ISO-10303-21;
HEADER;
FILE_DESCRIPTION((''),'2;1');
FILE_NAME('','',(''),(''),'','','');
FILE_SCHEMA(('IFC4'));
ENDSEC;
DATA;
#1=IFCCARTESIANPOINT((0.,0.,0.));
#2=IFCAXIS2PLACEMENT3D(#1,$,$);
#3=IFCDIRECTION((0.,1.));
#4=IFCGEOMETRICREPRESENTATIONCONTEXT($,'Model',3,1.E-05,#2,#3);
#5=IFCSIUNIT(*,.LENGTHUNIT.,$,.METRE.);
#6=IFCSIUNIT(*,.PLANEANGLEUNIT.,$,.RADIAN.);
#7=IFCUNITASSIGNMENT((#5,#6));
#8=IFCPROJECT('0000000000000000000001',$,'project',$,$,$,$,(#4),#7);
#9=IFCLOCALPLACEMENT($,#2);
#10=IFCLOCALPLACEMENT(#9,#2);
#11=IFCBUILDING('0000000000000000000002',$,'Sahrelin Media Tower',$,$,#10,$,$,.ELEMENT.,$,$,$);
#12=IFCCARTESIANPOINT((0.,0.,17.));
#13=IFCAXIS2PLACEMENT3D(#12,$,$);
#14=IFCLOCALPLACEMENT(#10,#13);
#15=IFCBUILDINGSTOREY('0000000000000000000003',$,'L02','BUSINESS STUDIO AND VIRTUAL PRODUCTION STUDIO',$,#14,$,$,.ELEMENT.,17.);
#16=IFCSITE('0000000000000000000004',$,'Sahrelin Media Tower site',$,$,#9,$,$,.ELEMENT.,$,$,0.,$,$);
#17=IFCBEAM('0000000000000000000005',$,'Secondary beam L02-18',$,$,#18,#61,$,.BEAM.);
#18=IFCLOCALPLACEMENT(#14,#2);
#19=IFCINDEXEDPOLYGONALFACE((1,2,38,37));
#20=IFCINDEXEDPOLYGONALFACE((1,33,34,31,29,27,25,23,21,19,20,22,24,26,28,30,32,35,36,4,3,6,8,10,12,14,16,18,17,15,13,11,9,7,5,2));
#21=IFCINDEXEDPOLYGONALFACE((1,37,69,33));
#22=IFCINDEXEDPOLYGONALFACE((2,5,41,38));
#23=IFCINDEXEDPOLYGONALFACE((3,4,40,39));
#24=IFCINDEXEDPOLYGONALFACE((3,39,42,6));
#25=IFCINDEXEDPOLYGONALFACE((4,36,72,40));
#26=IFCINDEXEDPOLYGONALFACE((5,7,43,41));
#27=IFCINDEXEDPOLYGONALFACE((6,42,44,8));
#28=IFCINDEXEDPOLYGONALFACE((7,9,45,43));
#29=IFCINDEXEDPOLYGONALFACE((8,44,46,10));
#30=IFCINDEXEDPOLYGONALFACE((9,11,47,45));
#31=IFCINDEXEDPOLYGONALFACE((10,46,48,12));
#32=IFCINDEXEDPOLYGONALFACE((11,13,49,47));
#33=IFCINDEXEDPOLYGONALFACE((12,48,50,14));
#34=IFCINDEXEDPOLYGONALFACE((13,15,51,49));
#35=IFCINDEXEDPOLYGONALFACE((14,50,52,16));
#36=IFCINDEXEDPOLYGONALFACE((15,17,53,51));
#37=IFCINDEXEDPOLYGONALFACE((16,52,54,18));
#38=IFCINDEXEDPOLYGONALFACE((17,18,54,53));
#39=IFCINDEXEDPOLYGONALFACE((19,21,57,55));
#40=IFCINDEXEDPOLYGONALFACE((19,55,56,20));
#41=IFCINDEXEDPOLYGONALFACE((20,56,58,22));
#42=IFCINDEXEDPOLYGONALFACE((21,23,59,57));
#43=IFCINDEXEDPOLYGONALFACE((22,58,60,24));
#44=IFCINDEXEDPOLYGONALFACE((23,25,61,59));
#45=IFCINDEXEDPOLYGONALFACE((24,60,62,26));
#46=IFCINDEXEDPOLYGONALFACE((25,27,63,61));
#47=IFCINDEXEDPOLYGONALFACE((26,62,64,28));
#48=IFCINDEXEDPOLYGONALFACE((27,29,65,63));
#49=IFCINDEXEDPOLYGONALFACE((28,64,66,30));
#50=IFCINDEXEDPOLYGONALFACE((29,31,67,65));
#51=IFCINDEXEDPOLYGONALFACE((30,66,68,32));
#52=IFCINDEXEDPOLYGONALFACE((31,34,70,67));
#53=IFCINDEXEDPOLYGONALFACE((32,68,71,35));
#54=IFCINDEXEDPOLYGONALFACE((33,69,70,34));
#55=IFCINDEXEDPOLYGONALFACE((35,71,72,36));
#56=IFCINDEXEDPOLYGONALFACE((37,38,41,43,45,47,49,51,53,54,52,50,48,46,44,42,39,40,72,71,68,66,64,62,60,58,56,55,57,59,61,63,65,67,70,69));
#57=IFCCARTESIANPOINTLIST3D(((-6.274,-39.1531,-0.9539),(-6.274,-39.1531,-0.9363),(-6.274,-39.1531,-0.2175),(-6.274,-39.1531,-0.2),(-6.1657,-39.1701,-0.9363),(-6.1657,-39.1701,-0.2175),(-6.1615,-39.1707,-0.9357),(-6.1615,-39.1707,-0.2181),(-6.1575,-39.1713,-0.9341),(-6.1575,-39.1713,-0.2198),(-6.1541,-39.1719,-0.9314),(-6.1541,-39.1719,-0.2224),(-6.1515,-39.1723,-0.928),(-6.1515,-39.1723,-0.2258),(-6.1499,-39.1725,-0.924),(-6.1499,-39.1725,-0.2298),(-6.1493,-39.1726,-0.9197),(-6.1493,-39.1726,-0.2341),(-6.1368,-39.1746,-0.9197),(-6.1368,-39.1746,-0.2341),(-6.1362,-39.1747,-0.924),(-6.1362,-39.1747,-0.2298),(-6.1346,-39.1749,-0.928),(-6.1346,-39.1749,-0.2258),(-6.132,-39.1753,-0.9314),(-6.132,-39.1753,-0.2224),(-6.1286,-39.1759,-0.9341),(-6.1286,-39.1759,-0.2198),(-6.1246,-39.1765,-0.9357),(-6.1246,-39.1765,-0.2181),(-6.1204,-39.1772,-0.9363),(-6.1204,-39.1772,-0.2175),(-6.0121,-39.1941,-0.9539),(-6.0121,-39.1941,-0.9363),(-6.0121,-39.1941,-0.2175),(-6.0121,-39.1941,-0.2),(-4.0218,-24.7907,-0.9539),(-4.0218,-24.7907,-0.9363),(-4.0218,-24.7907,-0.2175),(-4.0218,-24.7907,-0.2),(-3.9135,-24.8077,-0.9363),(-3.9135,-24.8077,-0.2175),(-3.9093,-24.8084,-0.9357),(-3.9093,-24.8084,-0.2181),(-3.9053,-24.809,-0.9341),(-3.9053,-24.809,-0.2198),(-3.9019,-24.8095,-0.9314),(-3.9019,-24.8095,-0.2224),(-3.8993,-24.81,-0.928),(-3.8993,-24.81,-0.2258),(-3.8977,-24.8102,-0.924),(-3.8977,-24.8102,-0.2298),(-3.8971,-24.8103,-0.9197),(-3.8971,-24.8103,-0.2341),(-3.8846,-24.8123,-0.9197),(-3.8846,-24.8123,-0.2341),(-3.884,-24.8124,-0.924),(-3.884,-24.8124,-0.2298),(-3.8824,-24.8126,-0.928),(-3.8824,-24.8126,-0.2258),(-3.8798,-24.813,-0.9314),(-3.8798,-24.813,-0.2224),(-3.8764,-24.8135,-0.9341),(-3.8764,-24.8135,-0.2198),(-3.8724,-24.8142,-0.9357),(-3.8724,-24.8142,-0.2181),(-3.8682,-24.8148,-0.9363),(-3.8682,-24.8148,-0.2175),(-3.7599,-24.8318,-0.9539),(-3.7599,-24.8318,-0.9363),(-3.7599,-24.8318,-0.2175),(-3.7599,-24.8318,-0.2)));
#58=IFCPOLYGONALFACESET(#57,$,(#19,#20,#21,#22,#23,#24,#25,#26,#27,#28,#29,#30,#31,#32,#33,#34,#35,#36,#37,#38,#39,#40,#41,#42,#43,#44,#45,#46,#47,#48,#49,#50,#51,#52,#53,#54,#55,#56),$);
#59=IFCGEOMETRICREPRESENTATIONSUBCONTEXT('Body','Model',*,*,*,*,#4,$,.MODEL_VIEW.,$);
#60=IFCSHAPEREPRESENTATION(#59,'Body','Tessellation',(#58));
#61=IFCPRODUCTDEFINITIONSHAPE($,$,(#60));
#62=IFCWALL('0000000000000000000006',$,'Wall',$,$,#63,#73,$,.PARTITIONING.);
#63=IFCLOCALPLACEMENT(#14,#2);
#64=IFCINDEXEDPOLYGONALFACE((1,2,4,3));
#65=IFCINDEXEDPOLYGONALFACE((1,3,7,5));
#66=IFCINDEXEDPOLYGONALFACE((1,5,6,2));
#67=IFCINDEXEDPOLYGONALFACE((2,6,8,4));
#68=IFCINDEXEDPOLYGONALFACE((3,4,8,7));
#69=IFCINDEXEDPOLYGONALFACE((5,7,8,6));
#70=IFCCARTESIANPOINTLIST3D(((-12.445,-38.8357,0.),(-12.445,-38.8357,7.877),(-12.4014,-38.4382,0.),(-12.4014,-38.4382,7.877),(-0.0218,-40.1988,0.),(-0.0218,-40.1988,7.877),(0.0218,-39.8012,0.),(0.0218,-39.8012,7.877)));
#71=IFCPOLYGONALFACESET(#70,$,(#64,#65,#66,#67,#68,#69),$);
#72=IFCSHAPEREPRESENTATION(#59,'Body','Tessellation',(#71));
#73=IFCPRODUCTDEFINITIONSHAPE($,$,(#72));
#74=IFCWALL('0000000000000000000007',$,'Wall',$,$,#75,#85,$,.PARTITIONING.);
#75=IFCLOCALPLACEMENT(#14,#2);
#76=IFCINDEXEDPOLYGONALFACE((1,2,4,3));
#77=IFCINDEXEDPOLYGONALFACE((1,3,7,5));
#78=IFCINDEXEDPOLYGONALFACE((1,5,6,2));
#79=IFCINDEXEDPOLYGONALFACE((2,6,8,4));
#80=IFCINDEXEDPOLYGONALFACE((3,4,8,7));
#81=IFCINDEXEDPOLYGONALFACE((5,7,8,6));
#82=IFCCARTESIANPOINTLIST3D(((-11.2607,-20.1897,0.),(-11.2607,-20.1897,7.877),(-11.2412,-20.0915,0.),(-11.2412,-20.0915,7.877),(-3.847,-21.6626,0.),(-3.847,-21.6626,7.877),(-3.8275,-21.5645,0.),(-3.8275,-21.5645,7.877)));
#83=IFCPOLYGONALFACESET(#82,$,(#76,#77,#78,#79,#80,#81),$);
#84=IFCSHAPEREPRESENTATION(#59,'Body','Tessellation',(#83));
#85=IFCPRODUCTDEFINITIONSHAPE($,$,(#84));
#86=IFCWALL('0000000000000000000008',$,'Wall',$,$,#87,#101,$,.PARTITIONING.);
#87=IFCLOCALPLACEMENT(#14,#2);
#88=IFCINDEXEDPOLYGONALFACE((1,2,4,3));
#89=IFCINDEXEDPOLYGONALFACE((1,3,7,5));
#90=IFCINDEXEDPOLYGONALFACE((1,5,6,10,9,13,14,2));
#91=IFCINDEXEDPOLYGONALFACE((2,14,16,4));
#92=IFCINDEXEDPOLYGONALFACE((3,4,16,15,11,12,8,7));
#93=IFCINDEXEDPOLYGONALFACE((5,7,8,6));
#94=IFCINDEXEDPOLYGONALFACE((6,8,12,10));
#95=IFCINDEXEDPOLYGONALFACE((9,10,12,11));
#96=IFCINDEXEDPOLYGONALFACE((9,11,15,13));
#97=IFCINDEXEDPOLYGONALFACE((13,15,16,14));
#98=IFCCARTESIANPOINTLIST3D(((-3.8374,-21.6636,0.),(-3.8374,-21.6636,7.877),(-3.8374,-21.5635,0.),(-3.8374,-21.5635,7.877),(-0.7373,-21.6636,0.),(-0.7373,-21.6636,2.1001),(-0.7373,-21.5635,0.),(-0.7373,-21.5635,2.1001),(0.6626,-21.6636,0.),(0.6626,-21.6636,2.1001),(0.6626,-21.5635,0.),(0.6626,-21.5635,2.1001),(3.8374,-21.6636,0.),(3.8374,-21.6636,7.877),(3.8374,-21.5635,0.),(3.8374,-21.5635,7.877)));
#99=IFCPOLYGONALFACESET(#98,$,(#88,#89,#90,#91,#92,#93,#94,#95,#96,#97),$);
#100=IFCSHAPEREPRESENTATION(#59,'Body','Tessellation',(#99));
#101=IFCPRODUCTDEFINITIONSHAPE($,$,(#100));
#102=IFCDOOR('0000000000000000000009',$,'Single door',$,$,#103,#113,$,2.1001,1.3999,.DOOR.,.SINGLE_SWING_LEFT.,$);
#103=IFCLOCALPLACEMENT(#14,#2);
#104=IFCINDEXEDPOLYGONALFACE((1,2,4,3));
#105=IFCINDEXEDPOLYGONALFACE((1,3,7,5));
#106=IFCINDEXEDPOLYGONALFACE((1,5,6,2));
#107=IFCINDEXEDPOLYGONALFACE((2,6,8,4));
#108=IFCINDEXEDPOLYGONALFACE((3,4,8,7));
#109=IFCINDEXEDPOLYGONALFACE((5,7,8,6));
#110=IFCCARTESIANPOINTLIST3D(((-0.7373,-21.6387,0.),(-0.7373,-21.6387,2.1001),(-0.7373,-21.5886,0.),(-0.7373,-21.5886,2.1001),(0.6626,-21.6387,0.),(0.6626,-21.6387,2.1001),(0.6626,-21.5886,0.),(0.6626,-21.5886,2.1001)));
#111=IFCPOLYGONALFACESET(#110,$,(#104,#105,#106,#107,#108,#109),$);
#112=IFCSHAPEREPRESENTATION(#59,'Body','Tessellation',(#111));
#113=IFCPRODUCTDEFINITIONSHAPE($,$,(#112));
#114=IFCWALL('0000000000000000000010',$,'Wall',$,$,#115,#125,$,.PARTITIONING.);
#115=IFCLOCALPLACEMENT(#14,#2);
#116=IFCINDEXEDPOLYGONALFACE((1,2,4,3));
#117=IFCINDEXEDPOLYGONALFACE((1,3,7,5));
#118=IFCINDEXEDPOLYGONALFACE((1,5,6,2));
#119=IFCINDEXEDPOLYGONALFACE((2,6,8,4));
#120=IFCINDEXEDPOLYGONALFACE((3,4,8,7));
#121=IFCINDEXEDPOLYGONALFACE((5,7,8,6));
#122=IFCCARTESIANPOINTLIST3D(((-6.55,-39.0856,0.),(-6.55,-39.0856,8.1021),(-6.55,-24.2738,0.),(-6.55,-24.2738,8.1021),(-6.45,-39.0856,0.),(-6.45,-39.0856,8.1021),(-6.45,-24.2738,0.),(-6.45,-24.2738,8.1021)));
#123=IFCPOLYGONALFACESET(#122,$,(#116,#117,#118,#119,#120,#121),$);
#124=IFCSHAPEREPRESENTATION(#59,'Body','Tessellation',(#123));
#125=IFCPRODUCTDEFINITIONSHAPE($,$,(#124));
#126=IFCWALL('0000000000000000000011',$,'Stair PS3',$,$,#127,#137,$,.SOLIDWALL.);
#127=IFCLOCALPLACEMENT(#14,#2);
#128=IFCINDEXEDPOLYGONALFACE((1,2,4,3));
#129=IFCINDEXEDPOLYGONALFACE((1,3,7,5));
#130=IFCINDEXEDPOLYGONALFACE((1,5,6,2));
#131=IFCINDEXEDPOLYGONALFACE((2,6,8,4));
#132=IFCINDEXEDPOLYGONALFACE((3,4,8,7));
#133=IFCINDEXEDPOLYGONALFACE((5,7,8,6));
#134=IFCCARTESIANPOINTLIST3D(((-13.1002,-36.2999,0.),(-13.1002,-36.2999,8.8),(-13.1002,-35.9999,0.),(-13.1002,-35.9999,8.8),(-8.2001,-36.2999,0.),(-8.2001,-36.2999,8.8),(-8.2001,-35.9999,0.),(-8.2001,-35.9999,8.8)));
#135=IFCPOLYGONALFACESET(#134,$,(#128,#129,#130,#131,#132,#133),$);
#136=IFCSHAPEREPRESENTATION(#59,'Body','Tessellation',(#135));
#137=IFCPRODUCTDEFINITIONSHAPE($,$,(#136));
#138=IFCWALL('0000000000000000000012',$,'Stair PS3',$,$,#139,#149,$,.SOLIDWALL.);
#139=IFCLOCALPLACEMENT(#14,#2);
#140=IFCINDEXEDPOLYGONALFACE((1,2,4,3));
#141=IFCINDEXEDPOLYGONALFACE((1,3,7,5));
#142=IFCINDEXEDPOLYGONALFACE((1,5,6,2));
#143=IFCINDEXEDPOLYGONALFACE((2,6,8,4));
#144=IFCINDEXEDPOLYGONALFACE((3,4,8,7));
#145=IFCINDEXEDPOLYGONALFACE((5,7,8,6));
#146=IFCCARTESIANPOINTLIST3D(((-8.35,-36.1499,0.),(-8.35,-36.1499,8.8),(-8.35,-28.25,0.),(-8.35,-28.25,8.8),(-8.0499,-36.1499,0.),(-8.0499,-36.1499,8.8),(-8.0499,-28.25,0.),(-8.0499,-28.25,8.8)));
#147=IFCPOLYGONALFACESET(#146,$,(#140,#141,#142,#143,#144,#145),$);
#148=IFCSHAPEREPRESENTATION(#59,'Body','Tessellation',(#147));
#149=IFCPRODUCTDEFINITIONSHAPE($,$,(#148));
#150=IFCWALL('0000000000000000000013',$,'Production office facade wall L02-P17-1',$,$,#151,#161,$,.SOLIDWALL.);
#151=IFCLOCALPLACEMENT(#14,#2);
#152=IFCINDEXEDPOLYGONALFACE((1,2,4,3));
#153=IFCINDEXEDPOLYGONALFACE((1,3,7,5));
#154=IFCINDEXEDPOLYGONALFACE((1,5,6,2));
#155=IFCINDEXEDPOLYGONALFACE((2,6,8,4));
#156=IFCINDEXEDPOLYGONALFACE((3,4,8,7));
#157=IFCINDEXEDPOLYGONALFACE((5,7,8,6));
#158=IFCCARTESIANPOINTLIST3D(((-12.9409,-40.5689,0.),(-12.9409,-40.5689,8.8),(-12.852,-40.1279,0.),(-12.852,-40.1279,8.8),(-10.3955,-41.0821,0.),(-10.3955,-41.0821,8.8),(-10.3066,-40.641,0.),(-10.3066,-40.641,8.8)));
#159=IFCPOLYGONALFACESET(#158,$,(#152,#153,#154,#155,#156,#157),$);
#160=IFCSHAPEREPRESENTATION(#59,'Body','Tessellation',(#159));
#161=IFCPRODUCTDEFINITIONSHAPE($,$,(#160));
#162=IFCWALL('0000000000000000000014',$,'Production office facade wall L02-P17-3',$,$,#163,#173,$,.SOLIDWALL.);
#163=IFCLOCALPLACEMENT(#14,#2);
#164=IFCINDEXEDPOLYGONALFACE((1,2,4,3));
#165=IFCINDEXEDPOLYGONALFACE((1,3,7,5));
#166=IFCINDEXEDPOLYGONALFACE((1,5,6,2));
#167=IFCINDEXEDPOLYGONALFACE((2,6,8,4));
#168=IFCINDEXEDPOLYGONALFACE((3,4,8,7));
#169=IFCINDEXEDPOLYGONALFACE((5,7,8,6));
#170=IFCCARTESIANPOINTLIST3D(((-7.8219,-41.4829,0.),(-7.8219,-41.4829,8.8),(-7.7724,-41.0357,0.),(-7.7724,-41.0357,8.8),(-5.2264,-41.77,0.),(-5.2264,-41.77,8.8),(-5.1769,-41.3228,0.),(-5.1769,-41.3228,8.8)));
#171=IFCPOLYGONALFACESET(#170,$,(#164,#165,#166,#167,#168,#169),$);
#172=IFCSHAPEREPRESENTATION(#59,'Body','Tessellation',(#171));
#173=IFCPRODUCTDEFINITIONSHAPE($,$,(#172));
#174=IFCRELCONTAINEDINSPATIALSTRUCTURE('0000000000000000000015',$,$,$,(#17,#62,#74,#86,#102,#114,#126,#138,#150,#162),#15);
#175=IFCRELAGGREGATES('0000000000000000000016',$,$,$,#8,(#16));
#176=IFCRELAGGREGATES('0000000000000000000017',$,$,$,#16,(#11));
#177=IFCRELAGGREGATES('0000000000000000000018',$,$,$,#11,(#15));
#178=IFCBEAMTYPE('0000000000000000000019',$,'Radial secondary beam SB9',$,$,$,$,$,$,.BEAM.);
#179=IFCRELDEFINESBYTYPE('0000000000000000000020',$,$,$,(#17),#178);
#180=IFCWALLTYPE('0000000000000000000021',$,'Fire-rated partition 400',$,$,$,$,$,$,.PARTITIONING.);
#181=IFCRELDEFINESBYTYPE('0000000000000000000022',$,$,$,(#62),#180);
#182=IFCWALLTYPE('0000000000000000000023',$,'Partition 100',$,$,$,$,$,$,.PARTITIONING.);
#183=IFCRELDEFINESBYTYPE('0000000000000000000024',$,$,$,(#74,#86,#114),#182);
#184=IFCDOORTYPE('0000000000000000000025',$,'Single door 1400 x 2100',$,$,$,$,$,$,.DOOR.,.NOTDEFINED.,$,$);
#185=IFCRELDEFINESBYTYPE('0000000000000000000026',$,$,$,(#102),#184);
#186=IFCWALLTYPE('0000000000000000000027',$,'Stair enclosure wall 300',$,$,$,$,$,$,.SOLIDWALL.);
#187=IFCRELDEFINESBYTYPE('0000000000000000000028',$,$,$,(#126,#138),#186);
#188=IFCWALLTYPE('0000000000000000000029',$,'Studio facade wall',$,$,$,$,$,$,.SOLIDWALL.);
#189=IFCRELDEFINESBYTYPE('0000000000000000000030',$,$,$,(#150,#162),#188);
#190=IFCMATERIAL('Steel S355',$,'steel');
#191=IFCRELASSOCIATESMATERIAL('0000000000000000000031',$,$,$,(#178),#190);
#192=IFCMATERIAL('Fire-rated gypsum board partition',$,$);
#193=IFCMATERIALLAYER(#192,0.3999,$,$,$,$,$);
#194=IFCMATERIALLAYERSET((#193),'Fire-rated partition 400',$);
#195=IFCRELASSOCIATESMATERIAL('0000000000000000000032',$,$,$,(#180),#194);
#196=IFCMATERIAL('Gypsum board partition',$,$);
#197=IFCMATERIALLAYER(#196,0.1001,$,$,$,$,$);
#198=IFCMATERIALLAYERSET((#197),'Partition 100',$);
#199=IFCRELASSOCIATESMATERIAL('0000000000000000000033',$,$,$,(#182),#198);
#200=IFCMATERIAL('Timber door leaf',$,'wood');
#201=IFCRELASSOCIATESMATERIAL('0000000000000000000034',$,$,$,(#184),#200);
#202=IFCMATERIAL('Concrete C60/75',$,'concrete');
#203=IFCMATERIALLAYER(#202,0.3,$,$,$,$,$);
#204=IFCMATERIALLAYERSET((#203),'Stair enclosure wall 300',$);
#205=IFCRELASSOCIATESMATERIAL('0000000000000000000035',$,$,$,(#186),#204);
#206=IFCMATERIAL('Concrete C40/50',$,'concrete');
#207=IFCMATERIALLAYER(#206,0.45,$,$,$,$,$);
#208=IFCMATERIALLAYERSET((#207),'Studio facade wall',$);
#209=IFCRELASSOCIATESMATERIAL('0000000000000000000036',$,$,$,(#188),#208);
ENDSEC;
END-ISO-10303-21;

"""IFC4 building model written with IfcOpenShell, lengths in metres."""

from ifc_helpers import new_model, si_unit, direction, frame, frame_2d, origin, origin_2d, place, context, subcontext, project, spatial, rectangle, i_section, extrude, material, layer, layer_set, material_profile, profile_set, type_object, element, fill, save


model = new_model("IFC4")

# Units and contexts
model_context = context("Model", 3, precision=1e-05, world=origin(), true_north=direction((0.0, 1.0)))
body_context = subcontext(model_context, "Body", "Model", "MODEL_VIEW")
ifc_project = project(units=[si_unit("LENGTHUNIT", "METRE"), si_unit("PLANEANGLEUNIT", "RADIAN")], contexts=[model_context])

# Site, building, storey
site_placement = place(None, origin())
site = spatial("IfcSite", under=ifc_project, at=site_placement, Name="Sahrelin Media Tower site", CompositionType="ELEMENT", RefElevation=0.0)
building_placement = place(site_placement, origin())
building = spatial("IfcBuilding", under=site, at=building_placement, Name="Sahrelin Media Tower", CompositionType="ELEMENT")
storey_placement = place(building_placement, frame((0.0, 0.0, 17.0)))
storey = spatial("IfcBuildingStorey", under=building, at=storey_placement, Name="L02", Description="BUSINESS STUDIO AND VIRTUAL PRODUCTION STUDIO", CompositionType="ELEMENT", Elevation=17.0)

# Beam
ifc_material_1 = material(Name="Steel S355", Category="steel")
ifc_material_profile_1 = material_profile(ifc_material_1, i_section(OverallWidth=0.2651, OverallDepth=0.7539, WebThickness=0.0127, FlangeThickness=0.0176, FilletRadius=0.0166, at=origin_2d()), Name="UB 762x267x147")
ifc_profile_set_1 = profile_set([ifc_material_profile_1], Name="Steel S355")
beam_type_1 = type_object("IfcBeamType", Name="Radial secondary beam SB9", PredefinedType="BEAM", material=ifc_profile_set_1)
beam_1_placement = place(storey_placement, frame((-3.8909, -24.8113, -0.5769), z_axis=(-0.15492, -0.987927, 0.0), x_axis=(0.987927, -0.15492, 0.0)))
element("IfcBeam", 1, at=beam_1_placement, inside=storey, type_object=beam_type_1, Name="Secondary beam L02-18", PredefinedType="BEAM", context=body_context, shape_type="SweptSolid", body=[
    extrude(i_section(OverallWidth=0.2651, OverallDepth=0.7539, WebThickness=0.0127, FlangeThickness=0.0176, FilletRadius=0.0166, at=origin_2d()), origin(), (0.0, 0.0, 1.0), 14.5378),
])

# Walls
ifc_material_2 = material(Name="Fire-rated gypsum board partition")
ifc_layer_1 = layer(ifc_material_2, 0.3999)
ifc_layer_set_1 = layer_set([ifc_layer_1], Name="Fire-rated partition 400")
wall_type_1 = type_object("IfcWallType", Name="Fire-rated partition 400", PredefinedType="PARTITIONING", material=ifc_layer_set_1)
wall_1_placement = place(storey_placement, frame((-12.4233, -38.637, 0.0), z_axis=(0.0, 0.0, 1.0), x_axis=(0.994035, -0.109061, 0.0)))
element("IfcWall", 2, at=wall_1_placement, inside=storey, type_object=wall_type_1, Name="Wall", PredefinedType="PARTITIONING", context=body_context, shape_type="SweptSolid", body=[
    extrude(rectangle(XDim=12.4978, YDim=0.3999, at=frame_2d((6.249, 0.0))), origin(), (0.0, 0.0, 1.0), 7.877),
])
ifc_material_3 = material(Name="Gypsum board partition")
ifc_layer_2 = layer(ifc_material_3, 0.1001)
ifc_layer_set_2 = layer_set([ifc_layer_2], Name="Partition 100")
wall_type_2 = type_object("IfcWallType", Name="Partition 100", PredefinedType="PARTITIONING", material=ifc_layer_set_2)
wall_2_placement = place(storey_placement, frame((-11.251, -20.1406, 0.0), z_axis=(0.0, 0.0, 1.0), x_axis=(0.98083, -0.194867, 0.0)))
element("IfcWall", 3, at=wall_2_placement, inside=storey, type_object=wall_type_2, Name="Wall", PredefinedType="PARTITIONING", context=body_context, shape_type="SweptSolid", body=[
    extrude(rectangle(XDim=7.5586, YDim=0.1001, at=frame_2d((3.7793, 0.0))), origin(), (0.0, 0.0, 1.0), 7.877),
])

# Wall, opening, door
wall_3_placement = place(storey_placement, frame((-3.8374, -21.6135, 0.0), z_axis=(0.0, 0.0, 1.0), x_axis=(1.0, 0.0, 0.0)))
wall_3 = element("IfcWall", 4, at=wall_3_placement, inside=storey, type_object=wall_type_2, Name="Wall", PredefinedType="PARTITIONING", context=body_context, shape_type="SweptSolid", body=[
    extrude(rectangle(XDim=7.6748, YDim=0.1001, at=frame_2d((3.8374, 0.0))), origin(), (0.0, 0.0, 1.0), 7.877),
])
opening_1_placement = place(wall_3_placement, frame((3.1001, 0.0, 0.0)))
opening_1 = element("IfcOpeningElement", 5, at=opening_1_placement, cuts=wall_3, PredefinedType="OPENING", context=body_context, shape_type="SweptSolid", body=[
    extrude(rectangle(XDim=1.3999, YDim=2.1001, at=frame_2d((0.7, 1.05))), frame((0.0, 0.05, 0.0), z_axis=(0.0, -1.0, 0.0), x_axis=(1.0, 0.0, 0.0)), (0.0, 0.0, 1.0), 0.1001),
])
ifc_material_4 = material(Name="Timber door leaf", Category="wood")
door_type = type_object("IfcDoorType", Name="Single door 1400 x 2100", OperationType="NOTDEFINED", PredefinedType="DOOR", material=ifc_material_4)
door_placement = place(opening_1_placement, origin())
door = element("IfcDoor", 6, at=door_placement, inside=storey, type_object=door_type, Name="Single door", OperationType="SINGLE_SWING_LEFT", OverallHeight=2.1001, OverallWidth=1.3999, PredefinedType="DOOR", context=body_context, shape_type="SweptSolid", body=[
    extrude(rectangle(XDim=1.3999, YDim=2.1001, at=frame_2d((0.7, 1.05))), frame((0.0, 0.0249, 0.0), z_axis=(0.0, -1.0, 0.0), x_axis=(1.0, 0.0, 0.0)), (0.0, 0.0, 1.0), 0.05),
])
fill(opening_1, door)

# Walls
wall_4_placement = place(storey_placement, frame((-6.5, -24.2739, 0.0), z_axis=(0.0, 0.0, 1.0), x_axis=(0.0, -1.0, 0.0)))
element("IfcWall", 7, at=wall_4_placement, inside=storey, type_object=wall_type_2, Name="Wall", PredefinedType="PARTITIONING", context=body_context, shape_type="SweptSolid", body=[
    extrude(rectangle(XDim=14.8118, YDim=0.1001, at=frame_2d((7.4058, 0.0))), origin(), (0.0, 0.0, 1.0), 8.1021),
])
ifc_material_5 = material(Name="Concrete C60/75", Category="concrete")
ifc_layer_3 = layer(ifc_material_5, 0.3)
ifc_layer_set_3 = layer_set([ifc_layer_3], Name="Stair enclosure wall 300")
wall_type_3 = type_object("IfcWallType", Name="Stair enclosure wall 300", PredefinedType="SOLIDWALL", material=ifc_layer_set_3)
wall_5_placement = place(storey_placement, frame((-8.2, -36.1499, 0.0), z_axis=(0.0, 0.0, 1.0), x_axis=(-1.0, 0.0, 0.0)))
element("IfcWall", 8, at=wall_5_placement, inside=storey, type_object=wall_type_3, Name="Stair PS3", PredefinedType="SOLIDWALL", context=body_context, shape_type="SweptSolid", body=[
    extrude(rectangle(XDim=4.9001, YDim=0.3, at=frame_2d((2.4502, 0.0))), origin(), (0.0, 0.0, 1.0), 8.8),
])
wall_6_placement = place(storey_placement, frame((-8.2, -28.25, 0.0), z_axis=(0.0, 0.0, 1.0), x_axis=(0.0, -1.0, 0.0)))
element("IfcWall", 9, at=wall_6_placement, inside=storey, type_object=wall_type_3, Name="Stair PS3", PredefinedType="SOLIDWALL", context=body_context, shape_type="SweptSolid", body=[
    extrude(rectangle(XDim=7.8999, YDim=0.3, at=frame_2d((3.95, 0.0))), origin(), (0.0, 0.0, 1.0), 8.8),
])
ifc_material_6 = material(Name="Concrete C40/50", Category="concrete")
ifc_layer_4 = layer(ifc_material_6, 0.45)
ifc_layer_set_4 = layer_set([ifc_layer_4], Name="Studio facade wall")
wall_type_4 = type_object("IfcWallType", Name="Studio facade wall", PredefinedType="SOLIDWALL", material=ifc_layer_set_4)
wall_7_placement = place(storey_placement, frame((-12.8965, -40.3484, 0.0), z_axis=(0.0, 0.0, 1.0), x_axis=(0.980276, -0.197635, 0.0)))
element("IfcWall", 10, at=wall_7_placement, inside=storey, type_object=wall_type_4, Name="Production office facade wall L02-P17-1", PredefinedType="SOLIDWALL", context=body_context, shape_type="SweptSolid", body=[
    extrude(rectangle(XDim=2.5967, YDim=0.45, at=frame_2d((1.2983, 0.0))), origin(), (0.0, 0.0, 1.0), 8.8),
])

# Wall
wall_8_placement = place(storey_placement, frame((-7.7971, -41.2593, 0.0), z_axis=(0.0, 0.0, 1.0), x_axis=(0.993937, -0.109949, 0.0)))
element("IfcWall", 11, at=wall_8_placement, inside=storey, type_object=wall_type_4, Name="Production office facade wall L02-P17-3", PredefinedType="SOLIDWALL", context=body_context, shape_type="SweptSolid", body=[
    extrude(rectangle(XDim=2.6113, YDim=0.45, at=frame_2d((1.3057, 0.0))), origin(), (0.0, 0.0, 1.0), 8.8),
])

save(model, "model.ifc")
